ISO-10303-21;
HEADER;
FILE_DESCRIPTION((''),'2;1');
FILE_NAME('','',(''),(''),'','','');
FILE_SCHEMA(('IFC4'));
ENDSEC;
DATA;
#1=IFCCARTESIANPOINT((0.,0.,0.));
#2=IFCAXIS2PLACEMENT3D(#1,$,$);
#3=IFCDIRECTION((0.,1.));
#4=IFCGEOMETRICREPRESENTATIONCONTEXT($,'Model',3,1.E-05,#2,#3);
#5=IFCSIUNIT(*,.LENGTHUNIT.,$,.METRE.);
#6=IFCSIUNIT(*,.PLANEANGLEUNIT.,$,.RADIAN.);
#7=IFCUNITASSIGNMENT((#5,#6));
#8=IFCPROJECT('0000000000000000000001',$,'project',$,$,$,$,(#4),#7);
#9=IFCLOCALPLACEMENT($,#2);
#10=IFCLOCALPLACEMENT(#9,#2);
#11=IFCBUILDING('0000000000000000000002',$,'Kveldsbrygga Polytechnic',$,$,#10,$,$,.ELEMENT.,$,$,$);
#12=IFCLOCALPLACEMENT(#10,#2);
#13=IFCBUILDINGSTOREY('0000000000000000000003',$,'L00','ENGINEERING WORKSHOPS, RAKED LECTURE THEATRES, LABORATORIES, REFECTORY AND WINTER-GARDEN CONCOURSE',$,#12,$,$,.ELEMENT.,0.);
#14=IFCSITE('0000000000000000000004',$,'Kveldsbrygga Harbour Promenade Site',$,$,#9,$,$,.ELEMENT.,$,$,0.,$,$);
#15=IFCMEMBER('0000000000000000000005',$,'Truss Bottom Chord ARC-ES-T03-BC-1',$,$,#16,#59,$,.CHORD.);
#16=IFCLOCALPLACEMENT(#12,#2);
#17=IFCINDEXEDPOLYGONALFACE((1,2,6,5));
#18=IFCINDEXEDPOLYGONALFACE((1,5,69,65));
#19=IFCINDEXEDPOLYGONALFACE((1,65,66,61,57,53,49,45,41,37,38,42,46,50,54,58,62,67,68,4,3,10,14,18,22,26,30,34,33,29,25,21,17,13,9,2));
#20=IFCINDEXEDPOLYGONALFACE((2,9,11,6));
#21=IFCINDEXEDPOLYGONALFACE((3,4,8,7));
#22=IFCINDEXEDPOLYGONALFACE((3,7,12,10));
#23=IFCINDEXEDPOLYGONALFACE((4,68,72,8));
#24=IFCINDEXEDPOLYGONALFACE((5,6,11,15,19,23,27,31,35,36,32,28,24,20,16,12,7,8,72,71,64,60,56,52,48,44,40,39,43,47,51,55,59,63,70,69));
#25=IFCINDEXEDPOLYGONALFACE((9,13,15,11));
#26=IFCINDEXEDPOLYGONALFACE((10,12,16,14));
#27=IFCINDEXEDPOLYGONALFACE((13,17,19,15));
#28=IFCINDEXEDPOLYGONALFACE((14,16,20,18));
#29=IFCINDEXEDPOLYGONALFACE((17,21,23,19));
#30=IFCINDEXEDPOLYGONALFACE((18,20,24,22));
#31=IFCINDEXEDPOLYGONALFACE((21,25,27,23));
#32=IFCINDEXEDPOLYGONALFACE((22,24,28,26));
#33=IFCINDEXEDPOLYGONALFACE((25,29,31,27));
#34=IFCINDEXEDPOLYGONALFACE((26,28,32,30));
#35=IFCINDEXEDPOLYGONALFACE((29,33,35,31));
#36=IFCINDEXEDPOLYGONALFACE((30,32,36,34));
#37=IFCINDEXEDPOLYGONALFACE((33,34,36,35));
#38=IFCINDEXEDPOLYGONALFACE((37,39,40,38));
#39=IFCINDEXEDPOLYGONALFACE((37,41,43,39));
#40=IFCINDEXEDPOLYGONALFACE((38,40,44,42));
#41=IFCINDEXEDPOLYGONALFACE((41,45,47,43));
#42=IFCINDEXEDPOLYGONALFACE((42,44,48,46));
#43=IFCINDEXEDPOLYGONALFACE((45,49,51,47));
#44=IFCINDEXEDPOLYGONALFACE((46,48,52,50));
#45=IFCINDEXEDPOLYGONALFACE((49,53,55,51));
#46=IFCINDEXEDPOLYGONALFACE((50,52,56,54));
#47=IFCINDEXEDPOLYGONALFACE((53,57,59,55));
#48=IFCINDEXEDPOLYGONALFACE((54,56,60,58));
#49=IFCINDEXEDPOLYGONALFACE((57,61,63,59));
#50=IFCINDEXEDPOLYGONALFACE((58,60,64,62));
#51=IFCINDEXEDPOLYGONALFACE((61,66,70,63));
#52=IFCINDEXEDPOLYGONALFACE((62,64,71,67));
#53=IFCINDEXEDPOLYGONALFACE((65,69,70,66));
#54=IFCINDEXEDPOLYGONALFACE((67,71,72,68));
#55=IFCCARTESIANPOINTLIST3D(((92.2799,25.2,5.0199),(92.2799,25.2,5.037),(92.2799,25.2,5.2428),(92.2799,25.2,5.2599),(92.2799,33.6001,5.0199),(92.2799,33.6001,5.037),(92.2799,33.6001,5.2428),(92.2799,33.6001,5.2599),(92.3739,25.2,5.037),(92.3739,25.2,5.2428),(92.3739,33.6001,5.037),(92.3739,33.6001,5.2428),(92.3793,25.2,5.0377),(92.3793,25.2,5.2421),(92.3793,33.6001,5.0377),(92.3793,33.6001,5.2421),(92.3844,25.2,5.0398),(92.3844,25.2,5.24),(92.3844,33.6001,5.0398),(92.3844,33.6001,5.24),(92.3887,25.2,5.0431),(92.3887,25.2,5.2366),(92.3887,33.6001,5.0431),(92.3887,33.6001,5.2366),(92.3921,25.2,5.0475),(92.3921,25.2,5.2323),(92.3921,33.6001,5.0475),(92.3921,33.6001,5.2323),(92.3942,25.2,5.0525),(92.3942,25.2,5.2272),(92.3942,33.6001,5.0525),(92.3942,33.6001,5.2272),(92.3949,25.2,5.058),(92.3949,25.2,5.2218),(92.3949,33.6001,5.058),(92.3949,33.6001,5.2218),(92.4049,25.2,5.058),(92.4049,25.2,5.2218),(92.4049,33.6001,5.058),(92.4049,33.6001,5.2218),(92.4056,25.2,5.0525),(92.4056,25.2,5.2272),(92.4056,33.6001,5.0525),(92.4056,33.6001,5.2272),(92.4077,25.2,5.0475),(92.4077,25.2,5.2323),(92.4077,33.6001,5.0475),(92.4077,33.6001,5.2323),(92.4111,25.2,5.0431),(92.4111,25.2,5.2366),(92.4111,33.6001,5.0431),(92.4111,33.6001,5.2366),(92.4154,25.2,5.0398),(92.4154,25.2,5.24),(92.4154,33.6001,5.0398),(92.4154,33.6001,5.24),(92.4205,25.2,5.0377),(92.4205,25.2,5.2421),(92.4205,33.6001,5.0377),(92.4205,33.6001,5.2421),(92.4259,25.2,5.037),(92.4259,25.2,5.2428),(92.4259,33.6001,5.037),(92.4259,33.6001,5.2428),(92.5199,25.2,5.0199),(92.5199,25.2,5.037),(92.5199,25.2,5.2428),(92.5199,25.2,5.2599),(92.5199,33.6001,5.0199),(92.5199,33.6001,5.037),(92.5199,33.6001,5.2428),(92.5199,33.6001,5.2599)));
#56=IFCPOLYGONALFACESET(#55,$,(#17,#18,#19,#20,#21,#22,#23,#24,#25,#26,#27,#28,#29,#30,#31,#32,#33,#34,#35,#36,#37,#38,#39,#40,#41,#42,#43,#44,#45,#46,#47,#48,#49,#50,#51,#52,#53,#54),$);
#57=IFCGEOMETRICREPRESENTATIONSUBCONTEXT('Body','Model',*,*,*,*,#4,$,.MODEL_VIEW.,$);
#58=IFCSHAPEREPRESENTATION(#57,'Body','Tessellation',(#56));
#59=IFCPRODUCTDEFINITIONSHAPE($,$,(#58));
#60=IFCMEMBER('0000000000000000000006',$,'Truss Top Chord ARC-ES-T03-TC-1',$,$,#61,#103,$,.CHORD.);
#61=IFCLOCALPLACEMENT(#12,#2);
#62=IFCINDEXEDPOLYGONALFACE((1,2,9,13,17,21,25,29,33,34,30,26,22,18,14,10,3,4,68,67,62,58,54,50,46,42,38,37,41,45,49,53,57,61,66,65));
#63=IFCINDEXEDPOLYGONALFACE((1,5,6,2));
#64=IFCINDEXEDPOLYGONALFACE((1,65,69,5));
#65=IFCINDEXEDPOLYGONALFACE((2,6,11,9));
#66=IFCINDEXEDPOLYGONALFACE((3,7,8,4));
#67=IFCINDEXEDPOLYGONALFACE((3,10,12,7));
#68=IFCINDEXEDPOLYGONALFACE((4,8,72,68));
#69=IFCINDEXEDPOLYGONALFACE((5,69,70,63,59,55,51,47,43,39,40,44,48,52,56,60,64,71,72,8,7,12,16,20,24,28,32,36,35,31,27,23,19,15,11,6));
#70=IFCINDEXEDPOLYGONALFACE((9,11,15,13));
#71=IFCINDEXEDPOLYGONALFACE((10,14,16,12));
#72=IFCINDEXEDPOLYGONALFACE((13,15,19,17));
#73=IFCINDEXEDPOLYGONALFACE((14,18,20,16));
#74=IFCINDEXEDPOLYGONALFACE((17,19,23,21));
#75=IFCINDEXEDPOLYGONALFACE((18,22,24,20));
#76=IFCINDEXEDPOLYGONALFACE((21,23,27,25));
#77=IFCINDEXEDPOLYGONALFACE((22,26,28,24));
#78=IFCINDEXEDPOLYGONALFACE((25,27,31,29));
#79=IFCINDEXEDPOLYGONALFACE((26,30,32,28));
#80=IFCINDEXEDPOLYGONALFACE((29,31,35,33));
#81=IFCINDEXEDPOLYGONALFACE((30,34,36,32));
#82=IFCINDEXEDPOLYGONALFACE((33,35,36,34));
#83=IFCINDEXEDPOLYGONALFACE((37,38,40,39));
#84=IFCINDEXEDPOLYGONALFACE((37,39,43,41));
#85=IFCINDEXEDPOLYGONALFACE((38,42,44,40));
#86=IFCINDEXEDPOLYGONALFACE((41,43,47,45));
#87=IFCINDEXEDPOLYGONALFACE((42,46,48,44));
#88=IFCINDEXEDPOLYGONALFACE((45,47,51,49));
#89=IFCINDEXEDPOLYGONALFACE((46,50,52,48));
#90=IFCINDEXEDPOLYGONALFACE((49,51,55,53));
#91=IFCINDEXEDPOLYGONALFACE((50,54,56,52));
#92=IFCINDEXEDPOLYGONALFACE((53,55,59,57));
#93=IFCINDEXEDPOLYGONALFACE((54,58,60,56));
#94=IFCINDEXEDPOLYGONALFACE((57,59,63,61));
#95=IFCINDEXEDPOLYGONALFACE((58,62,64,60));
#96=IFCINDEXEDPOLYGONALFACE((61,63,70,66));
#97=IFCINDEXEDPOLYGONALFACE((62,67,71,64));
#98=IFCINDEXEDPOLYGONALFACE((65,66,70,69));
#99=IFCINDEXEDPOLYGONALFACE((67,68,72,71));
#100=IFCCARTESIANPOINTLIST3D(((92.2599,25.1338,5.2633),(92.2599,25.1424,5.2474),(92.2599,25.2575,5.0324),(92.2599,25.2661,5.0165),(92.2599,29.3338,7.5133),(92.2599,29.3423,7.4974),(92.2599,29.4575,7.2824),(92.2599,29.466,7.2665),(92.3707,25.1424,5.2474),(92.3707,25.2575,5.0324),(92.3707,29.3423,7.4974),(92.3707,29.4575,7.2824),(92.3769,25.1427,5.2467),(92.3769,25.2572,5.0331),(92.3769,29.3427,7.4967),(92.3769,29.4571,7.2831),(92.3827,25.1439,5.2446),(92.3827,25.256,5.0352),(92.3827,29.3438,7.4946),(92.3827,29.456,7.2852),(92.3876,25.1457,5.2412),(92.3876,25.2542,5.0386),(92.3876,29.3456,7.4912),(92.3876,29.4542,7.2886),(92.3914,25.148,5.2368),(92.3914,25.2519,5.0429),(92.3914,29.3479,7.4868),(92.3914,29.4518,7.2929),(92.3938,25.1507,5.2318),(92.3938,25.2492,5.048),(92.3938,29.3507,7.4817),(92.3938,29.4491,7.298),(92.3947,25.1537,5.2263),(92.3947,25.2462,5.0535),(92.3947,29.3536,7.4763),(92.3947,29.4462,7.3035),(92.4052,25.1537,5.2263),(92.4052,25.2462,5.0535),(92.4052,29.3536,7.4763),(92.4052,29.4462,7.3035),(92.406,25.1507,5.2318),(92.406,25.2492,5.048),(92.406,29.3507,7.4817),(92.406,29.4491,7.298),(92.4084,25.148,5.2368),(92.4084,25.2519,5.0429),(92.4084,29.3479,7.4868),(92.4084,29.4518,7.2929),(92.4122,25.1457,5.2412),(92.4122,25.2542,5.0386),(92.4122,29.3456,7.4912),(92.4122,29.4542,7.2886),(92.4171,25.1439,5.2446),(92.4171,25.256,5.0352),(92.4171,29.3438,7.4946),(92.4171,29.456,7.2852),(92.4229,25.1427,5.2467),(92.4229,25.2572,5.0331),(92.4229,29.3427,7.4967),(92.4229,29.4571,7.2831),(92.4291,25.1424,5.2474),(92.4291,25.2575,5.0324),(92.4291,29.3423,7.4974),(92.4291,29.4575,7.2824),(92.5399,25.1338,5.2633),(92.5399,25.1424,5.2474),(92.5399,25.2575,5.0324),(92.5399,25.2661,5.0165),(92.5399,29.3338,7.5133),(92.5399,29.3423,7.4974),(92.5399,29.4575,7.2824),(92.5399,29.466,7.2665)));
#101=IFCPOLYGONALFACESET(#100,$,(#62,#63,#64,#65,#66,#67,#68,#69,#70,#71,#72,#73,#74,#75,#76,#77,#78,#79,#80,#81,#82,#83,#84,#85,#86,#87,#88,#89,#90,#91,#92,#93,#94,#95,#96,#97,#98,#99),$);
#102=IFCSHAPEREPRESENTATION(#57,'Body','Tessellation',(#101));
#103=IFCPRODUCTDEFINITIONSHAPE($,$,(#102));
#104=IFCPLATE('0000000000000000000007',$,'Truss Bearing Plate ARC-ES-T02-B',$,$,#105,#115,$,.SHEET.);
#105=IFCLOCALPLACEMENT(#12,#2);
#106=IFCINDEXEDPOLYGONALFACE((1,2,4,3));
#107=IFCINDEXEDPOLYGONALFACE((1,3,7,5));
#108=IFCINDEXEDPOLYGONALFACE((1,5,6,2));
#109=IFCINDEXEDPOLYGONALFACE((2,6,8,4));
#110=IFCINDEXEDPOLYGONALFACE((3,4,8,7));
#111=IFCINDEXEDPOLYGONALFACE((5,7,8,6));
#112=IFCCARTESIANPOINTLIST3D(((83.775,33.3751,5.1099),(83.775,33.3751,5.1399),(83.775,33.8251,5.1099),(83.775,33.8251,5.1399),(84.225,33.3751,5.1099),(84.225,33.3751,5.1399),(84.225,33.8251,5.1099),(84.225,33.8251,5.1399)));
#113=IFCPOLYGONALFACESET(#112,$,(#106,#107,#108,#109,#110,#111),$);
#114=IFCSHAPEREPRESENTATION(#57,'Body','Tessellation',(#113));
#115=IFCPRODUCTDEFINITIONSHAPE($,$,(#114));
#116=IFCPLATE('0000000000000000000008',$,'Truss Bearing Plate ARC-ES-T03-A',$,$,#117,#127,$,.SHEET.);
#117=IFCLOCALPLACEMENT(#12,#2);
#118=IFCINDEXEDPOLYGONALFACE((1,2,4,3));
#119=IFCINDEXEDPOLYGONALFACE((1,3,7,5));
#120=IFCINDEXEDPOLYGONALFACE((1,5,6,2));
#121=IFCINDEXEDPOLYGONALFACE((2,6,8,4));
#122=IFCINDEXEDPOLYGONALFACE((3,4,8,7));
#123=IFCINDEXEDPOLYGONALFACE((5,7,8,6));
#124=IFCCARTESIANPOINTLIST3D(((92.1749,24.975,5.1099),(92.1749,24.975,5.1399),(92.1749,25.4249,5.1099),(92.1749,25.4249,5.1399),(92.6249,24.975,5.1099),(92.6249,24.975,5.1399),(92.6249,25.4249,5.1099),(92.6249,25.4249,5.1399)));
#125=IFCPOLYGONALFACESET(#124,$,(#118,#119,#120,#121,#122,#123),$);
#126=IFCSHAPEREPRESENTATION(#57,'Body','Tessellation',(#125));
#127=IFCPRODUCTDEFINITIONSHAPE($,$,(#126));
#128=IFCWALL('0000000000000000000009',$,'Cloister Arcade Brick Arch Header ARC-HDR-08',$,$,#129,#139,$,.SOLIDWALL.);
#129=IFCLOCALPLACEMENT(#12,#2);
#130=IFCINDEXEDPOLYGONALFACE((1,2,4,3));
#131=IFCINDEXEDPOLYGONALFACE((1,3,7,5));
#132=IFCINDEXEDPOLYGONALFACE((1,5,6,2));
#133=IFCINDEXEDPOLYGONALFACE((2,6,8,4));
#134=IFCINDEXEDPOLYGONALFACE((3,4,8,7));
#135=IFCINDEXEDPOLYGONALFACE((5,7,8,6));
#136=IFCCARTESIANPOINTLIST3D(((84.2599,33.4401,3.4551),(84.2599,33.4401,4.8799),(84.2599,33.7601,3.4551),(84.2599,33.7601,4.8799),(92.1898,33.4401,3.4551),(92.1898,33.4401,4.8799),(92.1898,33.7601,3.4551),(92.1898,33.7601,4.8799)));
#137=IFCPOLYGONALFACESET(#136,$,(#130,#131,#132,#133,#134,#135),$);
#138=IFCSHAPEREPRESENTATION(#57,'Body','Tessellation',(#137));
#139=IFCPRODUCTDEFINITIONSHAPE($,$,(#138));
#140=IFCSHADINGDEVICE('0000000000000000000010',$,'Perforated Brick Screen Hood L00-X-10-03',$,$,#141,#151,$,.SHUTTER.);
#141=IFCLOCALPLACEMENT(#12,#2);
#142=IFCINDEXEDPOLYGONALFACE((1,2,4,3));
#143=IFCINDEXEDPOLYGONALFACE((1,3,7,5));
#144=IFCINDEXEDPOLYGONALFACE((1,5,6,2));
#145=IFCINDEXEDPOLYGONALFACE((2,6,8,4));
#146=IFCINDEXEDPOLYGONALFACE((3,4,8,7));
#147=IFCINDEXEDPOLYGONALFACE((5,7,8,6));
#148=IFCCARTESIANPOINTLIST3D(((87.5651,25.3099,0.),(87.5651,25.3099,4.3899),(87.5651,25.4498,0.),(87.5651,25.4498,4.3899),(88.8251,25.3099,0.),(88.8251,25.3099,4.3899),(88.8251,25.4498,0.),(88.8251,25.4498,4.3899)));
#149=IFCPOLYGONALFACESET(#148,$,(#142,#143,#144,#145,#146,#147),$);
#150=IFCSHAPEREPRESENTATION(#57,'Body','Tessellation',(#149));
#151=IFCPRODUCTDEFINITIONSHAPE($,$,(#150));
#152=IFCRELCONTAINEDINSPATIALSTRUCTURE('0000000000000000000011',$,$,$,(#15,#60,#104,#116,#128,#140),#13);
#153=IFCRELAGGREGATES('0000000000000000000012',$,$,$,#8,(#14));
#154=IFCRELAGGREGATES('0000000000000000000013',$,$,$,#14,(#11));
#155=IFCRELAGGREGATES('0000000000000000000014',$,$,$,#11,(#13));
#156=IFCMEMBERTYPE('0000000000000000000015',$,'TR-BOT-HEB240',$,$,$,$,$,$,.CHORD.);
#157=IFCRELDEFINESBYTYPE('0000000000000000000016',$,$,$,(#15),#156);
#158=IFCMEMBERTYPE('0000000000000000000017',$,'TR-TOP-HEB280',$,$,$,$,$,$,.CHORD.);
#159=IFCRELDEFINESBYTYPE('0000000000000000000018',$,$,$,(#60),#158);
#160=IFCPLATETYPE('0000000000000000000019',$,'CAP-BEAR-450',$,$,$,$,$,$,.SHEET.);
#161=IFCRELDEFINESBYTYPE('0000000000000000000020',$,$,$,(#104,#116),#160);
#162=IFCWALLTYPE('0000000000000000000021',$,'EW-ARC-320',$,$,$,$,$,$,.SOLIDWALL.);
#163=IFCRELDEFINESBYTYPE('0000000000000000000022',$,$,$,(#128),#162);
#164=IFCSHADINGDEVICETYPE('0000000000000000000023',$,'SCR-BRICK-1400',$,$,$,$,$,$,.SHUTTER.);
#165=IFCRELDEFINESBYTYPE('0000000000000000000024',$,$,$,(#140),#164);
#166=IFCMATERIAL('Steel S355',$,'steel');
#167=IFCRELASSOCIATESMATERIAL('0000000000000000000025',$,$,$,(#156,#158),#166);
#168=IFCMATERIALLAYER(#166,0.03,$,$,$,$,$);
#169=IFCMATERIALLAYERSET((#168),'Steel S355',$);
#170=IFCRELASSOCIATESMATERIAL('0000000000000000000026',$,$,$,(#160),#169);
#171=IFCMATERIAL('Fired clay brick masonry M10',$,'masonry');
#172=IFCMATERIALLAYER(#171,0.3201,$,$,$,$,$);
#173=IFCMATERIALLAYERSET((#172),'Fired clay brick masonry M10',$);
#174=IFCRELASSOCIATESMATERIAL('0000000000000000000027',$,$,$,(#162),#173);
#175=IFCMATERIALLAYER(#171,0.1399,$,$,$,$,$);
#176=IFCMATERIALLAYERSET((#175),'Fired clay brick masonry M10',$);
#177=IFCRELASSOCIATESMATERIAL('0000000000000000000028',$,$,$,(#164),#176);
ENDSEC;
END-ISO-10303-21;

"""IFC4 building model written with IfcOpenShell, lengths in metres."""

from ifc_helpers import new_model, si_unit, direction, frame, frame_2d, origin, origin_2d, place, context, subcontext, project, spatial, rectangle, i_section, extrude, material, layer, layer_set, material_profile, profile_set, type_object, element, save


model = new_model("IFC4")

# Units and contexts
model_context = context("Model", 3, precision=1e-05, world=origin(), true_north=direction((0.0, 1.0)))
body_context = subcontext(model_context, "Body", "Model", "MODEL_VIEW")
ifc_project = project(units=[si_unit("LENGTHUNIT", "METRE"), si_unit("PLANEANGLEUNIT", "RADIAN")], contexts=[model_context])

# Site, building, storey
site_placement = place(None, origin())
site = spatial("IfcSite", under=ifc_project, at=site_placement, Name="Kveldsbrygga Harbour Promenade Site", CompositionType="ELEMENT", RefElevation=0.0)
building_placement = place(site_placement, origin())
building = spatial("IfcBuilding", under=site, at=building_placement, Name="Kveldsbrygga Polytechnic", CompositionType="ELEMENT")
storey_placement = place(building_placement, origin())
storey = spatial("IfcBuildingStorey", under=building, at=storey_placement, Name="L00", Description="ENGINEERING WORKSHOPS, RAKED LECTURE THEATRES, LABORATORIES, REFECTORY AND WINTER-GARDEN CONCOURSE", CompositionType="ELEMENT", Elevation=0.0)

# Members
ifc_material_1 = material(Name="Steel S355", Category="steel")
ifc_material_profile_1 = material_profile(ifc_material_1, i_section(OverallWidth=0.24, OverallDepth=0.24, WebThickness=0.01, FlangeThickness=0.0171, FilletRadius=0.021, at=origin_2d()), Name="HEB 240")
ifc_profile_set_1 = profile_set([ifc_material_profile_1], Name="Steel S355")
member_type_1 = type_object("IfcMemberType", Name="TR-BOT-HEB240", PredefinedType="CHORD", material=ifc_profile_set_1)
member_1_placement = place(storey_placement, frame((92.3999, 25.2, 5.1399), z_axis=(0.0, 1.0, 0.0), x_axis=(-1.0, 0.0, 0.0)))
element("IfcMember", 1, at=member_1_placement, inside=storey, type_object=member_type_1, Name="Truss Bottom Chord ARC-ES-T03-BC-1", PredefinedType="CHORD", context=body_context, shape_type="SweptSolid", body=[
    extrude(i_section(OverallWidth=0.24, OverallDepth=0.24, WebThickness=0.01, FlangeThickness=0.0171, FilletRadius=0.021, at=origin_2d()), origin(), (0.0, 0.0, 1.0), 8.4001),
])
ifc_material_profile_2 = material_profile(ifc_material_1, i_section(OverallWidth=0.28, OverallDepth=0.28, WebThickness=0.0105, FlangeThickness=0.0181, FilletRadius=0.0239, at=origin_2d()), Name="HEB 280")
ifc_profile_set_2 = profile_set([ifc_material_profile_2], Name="Steel S355")
member_type_2 = type_object("IfcMemberType", Name="TR-TOP-HEB280", PredefinedType="CHORD", material=ifc_profile_set_2)
member_2_placement = place(storey_placement, frame((92.3999, 25.2, 5.1399), z_axis=(0.0, 0.881478, 0.472226), x_axis=(-1.0, 0.0, 0.0)))
element("IfcMember", 2, at=member_2_placement, inside=storey, type_object=member_type_2, Name="Truss Top Chord ARC-ES-T03-TC-1", PredefinedType="CHORD", context=body_context, shape_type="SweptSolid", body=[
    extrude(i_section(OverallWidth=0.28, OverallDepth=0.28, WebThickness=0.0105, FlangeThickness=0.0181, FilletRadius=0.0239, at=origin_2d()), origin(), (0.0, 0.0, 1.0), 4.7646),
])

# Plates
ifc_layer_1 = layer(ifc_material_1, 0.03)
ifc_layer_set_1 = layer_set([ifc_layer_1], Name="Steel S355")
plate_type = type_object("IfcPlateType", Name="CAP-BEAR-450", PredefinedType="SHEET", material=ifc_layer_set_1)
for number, where, z_axis, x_axis, name in (
    (3, (84.0, 33.6001, 5.1099), (0.0, 0.0, 1.0), (1.0, 0.0, 0.0), "Truss Bearing Plate ARC-ES-T02-B"),
    (4, (92.3999, 25.2, 5.1099), (0.0, 0.0, 1.0), (1.0, 0.0, 0.0), "Truss Bearing Plate ARC-ES-T03-A"),
):
    element("IfcPlate", number, at=place(storey_placement, frame(where, z_axis=z_axis, x_axis=x_axis)), inside=storey, type_object=plate_type, Name=name, PredefinedType="SHEET", context=body_context, shape_type="SweptSolid", body=[
        extrude(rectangle(XDim=0.45, YDim=0.45, at=origin_2d()), origin(), (0.0, 0.0, 1.0), 0.03),
    ])

# Wall
ifc_material_2 = material(Name="Fired clay brick masonry M10", Category="masonry")
ifc_layer_2 = layer(ifc_material_2, 0.3201)
ifc_layer_set_2 = layer_set([ifc_layer_2], Name="Fired clay brick masonry M10")
wall_type_1 = type_object("IfcWallType", Name="EW-ARC-320", PredefinedType="SOLIDWALL", material=ifc_layer_set_2)
wall_1_placement = place(storey_placement, frame((84.26, 33.6001, 3.4551), z_axis=(0.0, 0.0, 1.0), x_axis=(1.0, 0.0, 0.0)))
element("IfcWall", 5, at=wall_1_placement, inside=storey, type_object=wall_type_1, Name="Cloister Arcade Brick Arch Header ARC-HDR-08", PredefinedType="SOLIDWALL", context=body_context, shape_type="SweptSolid", body=[
    extrude(rectangle(XDim=7.9299, YDim=0.3201, at=frame_2d((3.9648, 0.0))), origin(), (0.0, 0.0, 1.0), 1.4248),
])

# Shading device
ifc_layer_3 = layer(ifc_material_2, 0.1399)
ifc_layer_set_3 = layer_set([ifc_layer_3], Name="Fired clay brick masonry M10")
shading_device_type = type_object("IfcShadingDeviceType", Name="SCR-BRICK-1400", PredefinedType="SHUTTER", material=ifc_layer_set_3)
shading_device_placement = place(storey_placement, frame((88.1951, 25.3799, 0.0), z_axis=(0.0, 0.0, 1.0), x_axis=(1.0, 0.0, 0.0)))
element("IfcShadingDevice", 6, at=shading_device_placement, inside=storey, type_object=shading_device_type, Name="Perforated Brick Screen Hood L00-X-10-03", PredefinedType="SHUTTER", context=body_context, shape_type="SweptSolid", body=[
    extrude(rectangle(XDim=1.26, YDim=0.1399, at=origin_2d()), origin(), (0.0, 0.0, 1.0), 4.3899),
])

save(model, "model.ifc")
